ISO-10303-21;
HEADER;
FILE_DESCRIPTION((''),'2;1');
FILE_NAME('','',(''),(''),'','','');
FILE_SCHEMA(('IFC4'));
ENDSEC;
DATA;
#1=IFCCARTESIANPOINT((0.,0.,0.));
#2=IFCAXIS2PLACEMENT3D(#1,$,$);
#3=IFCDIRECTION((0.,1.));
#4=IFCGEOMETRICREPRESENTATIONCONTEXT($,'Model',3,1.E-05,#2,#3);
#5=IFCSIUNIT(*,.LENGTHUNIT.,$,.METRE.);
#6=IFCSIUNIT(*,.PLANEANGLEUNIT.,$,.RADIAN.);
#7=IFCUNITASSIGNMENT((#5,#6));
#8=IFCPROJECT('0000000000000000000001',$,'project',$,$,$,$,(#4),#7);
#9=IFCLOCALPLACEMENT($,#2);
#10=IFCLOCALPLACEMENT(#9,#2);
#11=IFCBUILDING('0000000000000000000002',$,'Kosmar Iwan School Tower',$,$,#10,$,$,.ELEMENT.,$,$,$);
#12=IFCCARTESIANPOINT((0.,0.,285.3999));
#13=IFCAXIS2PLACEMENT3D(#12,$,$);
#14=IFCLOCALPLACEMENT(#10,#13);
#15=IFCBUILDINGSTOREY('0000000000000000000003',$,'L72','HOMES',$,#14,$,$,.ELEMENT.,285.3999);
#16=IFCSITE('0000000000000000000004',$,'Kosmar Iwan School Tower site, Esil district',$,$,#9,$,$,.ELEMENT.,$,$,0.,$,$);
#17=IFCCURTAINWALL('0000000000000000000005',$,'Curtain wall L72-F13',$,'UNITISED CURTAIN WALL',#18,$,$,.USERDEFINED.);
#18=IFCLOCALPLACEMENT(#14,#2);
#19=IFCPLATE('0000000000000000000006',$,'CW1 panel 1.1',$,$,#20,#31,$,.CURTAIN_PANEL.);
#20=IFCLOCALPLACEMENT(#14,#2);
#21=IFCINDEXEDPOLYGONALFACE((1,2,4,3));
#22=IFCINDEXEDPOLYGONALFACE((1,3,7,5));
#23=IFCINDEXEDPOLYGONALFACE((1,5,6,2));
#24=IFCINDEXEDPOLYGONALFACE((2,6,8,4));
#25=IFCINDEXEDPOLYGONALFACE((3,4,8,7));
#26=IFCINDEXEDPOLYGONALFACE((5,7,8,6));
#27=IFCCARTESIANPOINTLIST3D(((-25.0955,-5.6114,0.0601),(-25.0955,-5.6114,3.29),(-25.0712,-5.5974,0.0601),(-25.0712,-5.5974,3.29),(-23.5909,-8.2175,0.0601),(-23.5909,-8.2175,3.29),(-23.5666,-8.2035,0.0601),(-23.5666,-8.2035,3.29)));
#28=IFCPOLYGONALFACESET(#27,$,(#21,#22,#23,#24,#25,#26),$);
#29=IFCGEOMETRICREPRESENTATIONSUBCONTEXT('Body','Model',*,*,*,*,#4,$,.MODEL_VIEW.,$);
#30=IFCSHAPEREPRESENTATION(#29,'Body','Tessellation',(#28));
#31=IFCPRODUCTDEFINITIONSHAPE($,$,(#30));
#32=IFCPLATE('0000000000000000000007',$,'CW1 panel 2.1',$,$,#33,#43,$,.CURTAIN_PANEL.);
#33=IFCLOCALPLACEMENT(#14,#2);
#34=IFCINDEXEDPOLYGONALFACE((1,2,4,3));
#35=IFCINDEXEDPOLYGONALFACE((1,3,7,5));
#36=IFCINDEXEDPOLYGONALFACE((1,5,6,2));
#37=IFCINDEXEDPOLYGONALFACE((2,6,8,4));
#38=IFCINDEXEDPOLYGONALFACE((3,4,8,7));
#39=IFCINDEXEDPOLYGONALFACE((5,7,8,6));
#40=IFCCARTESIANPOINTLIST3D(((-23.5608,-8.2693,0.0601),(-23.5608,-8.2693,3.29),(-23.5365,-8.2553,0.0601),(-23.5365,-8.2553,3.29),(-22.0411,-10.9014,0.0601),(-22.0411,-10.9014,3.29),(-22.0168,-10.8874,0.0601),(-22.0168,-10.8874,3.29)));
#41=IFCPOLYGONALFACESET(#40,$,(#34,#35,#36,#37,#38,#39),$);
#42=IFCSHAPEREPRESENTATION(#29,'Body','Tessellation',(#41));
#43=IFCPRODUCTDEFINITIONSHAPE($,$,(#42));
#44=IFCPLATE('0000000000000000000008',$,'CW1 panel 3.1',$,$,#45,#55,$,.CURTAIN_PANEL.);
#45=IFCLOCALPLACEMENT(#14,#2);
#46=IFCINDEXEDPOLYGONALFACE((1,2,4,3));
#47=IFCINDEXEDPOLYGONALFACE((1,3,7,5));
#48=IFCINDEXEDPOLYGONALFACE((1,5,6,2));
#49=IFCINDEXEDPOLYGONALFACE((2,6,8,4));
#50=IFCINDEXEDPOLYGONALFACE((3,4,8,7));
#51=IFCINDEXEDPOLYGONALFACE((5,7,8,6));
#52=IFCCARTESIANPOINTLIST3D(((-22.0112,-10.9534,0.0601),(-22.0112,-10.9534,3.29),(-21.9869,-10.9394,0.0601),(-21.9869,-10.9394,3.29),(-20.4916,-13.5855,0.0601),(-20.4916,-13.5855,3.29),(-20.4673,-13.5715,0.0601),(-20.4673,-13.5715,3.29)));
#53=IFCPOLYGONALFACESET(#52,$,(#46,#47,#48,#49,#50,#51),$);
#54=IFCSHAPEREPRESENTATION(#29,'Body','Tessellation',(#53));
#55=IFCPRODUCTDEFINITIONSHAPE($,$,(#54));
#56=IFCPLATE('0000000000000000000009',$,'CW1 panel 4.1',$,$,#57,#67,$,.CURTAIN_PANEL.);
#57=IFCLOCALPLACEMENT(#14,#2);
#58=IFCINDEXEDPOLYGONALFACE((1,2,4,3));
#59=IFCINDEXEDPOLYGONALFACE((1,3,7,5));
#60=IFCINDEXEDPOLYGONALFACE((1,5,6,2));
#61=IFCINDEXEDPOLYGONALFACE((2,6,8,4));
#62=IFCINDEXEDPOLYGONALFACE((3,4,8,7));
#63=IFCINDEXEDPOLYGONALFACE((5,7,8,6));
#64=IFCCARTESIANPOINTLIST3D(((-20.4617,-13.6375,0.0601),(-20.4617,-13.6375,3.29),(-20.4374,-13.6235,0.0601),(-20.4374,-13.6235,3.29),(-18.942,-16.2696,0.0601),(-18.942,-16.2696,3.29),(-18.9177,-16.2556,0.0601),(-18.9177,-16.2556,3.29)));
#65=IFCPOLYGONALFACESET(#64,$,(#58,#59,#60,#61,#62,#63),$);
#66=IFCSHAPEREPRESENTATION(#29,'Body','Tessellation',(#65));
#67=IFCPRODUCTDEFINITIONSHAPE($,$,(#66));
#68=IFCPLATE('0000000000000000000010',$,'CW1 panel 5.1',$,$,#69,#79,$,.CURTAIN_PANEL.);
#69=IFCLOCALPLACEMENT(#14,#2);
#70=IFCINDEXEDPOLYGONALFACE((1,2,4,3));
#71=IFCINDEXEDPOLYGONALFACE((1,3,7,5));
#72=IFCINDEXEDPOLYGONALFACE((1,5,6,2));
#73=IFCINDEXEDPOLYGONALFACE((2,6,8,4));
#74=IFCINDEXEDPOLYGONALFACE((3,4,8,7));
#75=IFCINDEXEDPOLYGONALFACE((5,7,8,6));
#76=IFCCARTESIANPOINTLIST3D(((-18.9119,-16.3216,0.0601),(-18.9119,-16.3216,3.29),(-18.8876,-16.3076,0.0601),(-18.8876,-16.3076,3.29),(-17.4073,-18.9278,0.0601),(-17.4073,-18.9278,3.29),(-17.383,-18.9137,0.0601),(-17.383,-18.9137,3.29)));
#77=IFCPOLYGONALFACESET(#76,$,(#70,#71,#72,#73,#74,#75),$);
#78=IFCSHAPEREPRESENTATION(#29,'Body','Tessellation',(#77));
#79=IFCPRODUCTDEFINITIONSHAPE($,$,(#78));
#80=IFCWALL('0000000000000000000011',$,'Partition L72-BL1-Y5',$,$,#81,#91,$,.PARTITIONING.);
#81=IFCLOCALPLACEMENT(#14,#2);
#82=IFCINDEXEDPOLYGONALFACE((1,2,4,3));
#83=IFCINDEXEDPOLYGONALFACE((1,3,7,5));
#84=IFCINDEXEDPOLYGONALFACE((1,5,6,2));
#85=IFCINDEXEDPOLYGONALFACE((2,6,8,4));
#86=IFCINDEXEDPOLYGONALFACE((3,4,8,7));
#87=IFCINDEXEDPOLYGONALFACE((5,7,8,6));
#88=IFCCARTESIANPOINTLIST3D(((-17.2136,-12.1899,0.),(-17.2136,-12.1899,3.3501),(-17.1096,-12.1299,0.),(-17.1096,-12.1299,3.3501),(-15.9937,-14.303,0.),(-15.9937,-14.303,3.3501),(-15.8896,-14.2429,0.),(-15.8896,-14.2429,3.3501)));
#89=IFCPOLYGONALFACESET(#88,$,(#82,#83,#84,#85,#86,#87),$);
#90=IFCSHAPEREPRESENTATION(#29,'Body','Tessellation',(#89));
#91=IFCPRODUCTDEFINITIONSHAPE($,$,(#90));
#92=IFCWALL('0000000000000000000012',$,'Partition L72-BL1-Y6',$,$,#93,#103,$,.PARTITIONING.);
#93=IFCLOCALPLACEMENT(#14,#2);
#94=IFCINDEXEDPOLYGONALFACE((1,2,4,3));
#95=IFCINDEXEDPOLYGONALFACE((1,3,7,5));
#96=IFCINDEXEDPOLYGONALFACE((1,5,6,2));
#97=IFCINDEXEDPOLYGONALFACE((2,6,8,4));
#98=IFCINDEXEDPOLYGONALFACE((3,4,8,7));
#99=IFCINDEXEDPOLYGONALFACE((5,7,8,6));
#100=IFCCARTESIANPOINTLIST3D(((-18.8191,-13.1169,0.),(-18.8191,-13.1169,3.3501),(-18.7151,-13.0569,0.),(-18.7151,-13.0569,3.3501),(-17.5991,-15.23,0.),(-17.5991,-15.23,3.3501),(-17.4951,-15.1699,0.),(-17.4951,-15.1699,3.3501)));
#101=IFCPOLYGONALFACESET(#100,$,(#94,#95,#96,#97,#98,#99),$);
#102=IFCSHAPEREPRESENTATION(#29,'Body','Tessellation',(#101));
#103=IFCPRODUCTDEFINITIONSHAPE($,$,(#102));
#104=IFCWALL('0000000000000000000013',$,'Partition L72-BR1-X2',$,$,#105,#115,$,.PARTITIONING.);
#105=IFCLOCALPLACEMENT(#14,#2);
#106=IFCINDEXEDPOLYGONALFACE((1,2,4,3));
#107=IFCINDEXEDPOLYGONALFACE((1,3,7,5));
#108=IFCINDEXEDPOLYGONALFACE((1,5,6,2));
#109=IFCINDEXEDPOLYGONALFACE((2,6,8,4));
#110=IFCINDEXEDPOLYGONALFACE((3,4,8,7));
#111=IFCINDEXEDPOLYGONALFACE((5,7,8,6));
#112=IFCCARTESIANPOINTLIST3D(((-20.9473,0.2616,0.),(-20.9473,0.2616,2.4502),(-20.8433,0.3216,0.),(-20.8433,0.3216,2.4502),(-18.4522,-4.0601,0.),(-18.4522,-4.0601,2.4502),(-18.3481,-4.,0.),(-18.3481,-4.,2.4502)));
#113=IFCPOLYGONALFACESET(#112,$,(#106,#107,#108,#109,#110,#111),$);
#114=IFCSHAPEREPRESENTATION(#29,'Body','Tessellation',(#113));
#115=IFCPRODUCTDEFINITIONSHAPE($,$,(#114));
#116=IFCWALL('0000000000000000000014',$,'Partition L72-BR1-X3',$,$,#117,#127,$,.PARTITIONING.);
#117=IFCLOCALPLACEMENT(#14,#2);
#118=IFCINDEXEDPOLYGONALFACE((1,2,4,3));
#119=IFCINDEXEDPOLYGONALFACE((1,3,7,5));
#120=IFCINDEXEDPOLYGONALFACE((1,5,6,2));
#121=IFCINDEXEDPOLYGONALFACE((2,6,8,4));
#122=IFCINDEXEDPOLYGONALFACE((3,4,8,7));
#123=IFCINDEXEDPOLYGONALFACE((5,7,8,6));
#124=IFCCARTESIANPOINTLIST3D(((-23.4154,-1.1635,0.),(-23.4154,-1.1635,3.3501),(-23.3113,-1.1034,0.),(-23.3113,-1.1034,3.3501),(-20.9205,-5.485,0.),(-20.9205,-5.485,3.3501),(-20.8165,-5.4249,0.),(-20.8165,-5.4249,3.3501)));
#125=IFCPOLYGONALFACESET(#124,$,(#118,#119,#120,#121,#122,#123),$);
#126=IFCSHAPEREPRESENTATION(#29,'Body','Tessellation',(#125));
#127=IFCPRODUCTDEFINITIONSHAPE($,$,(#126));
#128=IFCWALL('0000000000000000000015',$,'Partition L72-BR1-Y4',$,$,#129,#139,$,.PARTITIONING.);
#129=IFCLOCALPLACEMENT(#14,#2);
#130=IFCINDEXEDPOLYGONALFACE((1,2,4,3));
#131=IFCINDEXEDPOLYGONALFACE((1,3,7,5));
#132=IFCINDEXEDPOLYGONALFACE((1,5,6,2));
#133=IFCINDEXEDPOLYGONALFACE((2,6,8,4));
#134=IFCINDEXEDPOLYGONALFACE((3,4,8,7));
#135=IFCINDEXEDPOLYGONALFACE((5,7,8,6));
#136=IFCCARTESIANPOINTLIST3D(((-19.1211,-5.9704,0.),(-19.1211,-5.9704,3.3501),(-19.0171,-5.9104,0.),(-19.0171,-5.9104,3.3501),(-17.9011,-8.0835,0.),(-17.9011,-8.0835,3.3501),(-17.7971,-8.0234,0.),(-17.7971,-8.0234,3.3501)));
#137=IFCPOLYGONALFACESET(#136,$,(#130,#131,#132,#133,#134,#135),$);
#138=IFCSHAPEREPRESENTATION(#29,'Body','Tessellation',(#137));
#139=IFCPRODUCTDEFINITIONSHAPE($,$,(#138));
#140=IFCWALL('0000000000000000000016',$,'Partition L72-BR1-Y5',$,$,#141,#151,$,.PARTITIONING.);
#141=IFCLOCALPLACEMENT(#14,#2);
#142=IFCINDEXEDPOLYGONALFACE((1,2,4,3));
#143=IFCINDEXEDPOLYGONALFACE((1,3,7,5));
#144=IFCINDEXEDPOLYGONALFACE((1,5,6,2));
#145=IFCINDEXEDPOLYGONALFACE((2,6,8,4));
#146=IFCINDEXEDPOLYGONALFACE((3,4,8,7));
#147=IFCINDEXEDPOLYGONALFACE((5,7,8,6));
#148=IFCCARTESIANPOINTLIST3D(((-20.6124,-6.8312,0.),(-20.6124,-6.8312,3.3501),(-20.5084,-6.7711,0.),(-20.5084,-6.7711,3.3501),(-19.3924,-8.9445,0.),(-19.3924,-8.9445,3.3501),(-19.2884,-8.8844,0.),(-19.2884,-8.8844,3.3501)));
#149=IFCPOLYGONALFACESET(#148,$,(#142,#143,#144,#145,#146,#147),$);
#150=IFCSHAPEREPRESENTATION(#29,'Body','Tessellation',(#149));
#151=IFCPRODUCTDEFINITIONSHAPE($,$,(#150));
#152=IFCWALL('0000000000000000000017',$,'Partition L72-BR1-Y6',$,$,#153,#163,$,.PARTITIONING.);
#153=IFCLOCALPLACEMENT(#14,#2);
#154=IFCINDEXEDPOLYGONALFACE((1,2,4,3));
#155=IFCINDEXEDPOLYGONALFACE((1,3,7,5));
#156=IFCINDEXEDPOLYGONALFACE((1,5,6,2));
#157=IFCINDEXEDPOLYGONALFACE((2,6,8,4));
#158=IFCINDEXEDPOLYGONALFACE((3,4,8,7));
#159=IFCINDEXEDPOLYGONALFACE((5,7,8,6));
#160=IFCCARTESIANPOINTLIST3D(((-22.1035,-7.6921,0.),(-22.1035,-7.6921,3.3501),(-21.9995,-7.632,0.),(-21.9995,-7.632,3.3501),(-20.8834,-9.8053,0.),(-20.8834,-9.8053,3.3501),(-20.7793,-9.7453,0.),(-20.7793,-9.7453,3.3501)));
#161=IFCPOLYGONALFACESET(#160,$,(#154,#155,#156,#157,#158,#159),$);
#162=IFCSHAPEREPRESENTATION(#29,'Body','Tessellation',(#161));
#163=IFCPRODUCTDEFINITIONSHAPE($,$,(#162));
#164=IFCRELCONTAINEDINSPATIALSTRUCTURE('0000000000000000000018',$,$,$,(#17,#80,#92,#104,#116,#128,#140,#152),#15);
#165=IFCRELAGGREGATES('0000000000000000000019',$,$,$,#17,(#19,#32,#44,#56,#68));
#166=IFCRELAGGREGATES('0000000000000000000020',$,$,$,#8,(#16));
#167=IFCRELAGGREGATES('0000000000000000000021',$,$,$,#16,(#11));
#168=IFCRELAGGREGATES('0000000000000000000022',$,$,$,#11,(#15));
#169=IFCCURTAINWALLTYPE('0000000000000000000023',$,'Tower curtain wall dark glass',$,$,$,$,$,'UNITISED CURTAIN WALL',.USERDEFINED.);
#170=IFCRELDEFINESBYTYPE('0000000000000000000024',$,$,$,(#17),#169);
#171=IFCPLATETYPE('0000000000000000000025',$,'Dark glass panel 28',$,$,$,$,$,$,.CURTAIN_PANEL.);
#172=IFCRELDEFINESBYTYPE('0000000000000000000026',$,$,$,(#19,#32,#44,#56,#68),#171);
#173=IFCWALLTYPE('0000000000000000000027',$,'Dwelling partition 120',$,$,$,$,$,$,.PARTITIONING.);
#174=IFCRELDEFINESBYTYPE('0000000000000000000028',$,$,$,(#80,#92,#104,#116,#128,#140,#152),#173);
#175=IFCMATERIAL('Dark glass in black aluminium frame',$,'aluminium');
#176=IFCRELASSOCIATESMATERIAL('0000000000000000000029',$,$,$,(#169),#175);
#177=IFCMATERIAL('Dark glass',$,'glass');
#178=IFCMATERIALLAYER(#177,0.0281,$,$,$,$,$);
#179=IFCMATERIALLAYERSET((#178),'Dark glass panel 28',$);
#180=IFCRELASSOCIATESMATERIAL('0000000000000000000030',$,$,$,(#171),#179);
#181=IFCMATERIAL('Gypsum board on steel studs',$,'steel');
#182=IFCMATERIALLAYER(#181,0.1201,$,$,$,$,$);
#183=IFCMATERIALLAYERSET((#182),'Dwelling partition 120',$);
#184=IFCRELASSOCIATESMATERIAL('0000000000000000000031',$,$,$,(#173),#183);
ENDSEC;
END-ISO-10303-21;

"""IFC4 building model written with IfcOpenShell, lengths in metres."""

from ifc_helpers import new_model, si_unit, direction, frame, frame_2d, origin, origin_2d, place, context, subcontext, project, spatial, rectangle, extrude, material, layer, layer_set, type_object, element, aggregate, save


model = new_model("IFC4")

# Units and contexts
model_context = context("Model", 3, precision=1e-05, world=origin(), true_north=direction((0.0, 1.0)))
body_context = subcontext(model_context, "Body", "Model", "MODEL_VIEW")
ifc_project = project(units=[si_unit("LENGTHUNIT", "METRE"), si_unit("PLANEANGLEUNIT", "RADIAN")], contexts=[model_context])

# Site, building, storey
site_placement = place(None, origin())
site = spatial("IfcSite", under=ifc_project, at=site_placement, Name="Kosmar Iwan School Tower site, Esil district", CompositionType="ELEMENT", RefElevation=0.0)
building_placement = place(site_placement, origin())
building = spatial("IfcBuilding", under=site, at=building_placement, Name="Kosmar Iwan School Tower", CompositionType="ELEMENT")
storey_placement = place(building_placement, frame((0.0, 0.0, 285.3999)))
storey = spatial("IfcBuildingStorey", under=building, at=storey_placement, Name="L72", Description="HOMES", CompositionType="ELEMENT", Elevation=285.3999)

# Curtain wall
ifc_material_1 = material(Name="Dark glass in black aluminium frame", Category="aluminium")
curtain_wall_type_1 = type_object("IfcCurtainWallType", Name="Tower curtain wall dark glass", ElementType="UNITISED CURTAIN WALL", PredefinedType="USERDEFINED", material=ifc_material_1)
curtain_wall_1_placement = place(storey_placement, origin())
curtain_wall_1 = element("IfcCurtainWall", 1, at=curtain_wall_1_placement, inside=storey, type_object=curtain_wall_type_1, Name="Curtain wall L72-F13", ObjectType="UNITISED CURTAIN WALL", PredefinedType="USERDEFINED")

# Plates
ifc_material_2 = material(Name="Dark glass", Category="glass")
ifc_layer_1 = layer(ifc_material_2, 0.0281)
ifc_layer_set_1 = layer_set([ifc_layer_1], Name="Dark glass panel 28")
plate_type = type_object("IfcPlateType", Name="Dark glass panel 28", PredefinedType="CURTAIN_PANEL", material=ifc_layer_set_1)
plate_1_placement = place(storey_placement, frame((-24.3311, -6.9075, 0.0601), z_axis=(0.0, 0.0, 1.0), x_axis=(0.5, -0.866025, 0.0)))
plate_1 = element("IfcPlate", 2, at=plate_1_placement, type_object=plate_type, Name="CW1 panel 1.1", PredefinedType="CURTAIN_PANEL", context=body_context, shape_type="SweptSolid", body=[
    extrude(rectangle(XDim=3.0093, YDim=0.0281, at=origin_2d()), origin(), (0.0, 0.0, 1.0), 3.23),
])
plate_2_placement = place(storey_placement, frame((-22.7888, -9.5784, 0.0601), z_axis=(0.0, 0.0, 1.0), x_axis=(0.5, -0.866025, 0.0)))
plate_2 = element("IfcPlate", 3, at=plate_2_placement, type_object=plate_type, Name="CW1 panel 2.1", PredefinedType="CURTAIN_PANEL", context=body_context, shape_type="SweptSolid", body=[
    extrude(rectangle(XDim=3.0393, YDim=0.0281, at=origin_2d()), origin(), (0.0, 0.0, 1.0), 3.23),
])
plate_3_placement = place(storey_placement, frame((-21.2393, -12.2625, 0.0601), z_axis=(0.0, 0.0, 1.0), x_axis=(0.5, -0.866025, 0.0)))
plate_3 = element("IfcPlate", 4, at=plate_3_placement, type_object=plate_type, Name="CW1 panel 3.1", PredefinedType="CURTAIN_PANEL", context=body_context, shape_type="SweptSolid", body=[
    extrude(rectangle(XDim=3.0393, YDim=0.0281, at=origin_2d()), origin(), (0.0, 0.0, 1.0), 3.23),
])
plate_4_placement = place(storey_placement, frame((-19.6897, -14.9465, 0.0601), z_axis=(0.0, 0.0, 1.0), x_axis=(0.5, -0.866025, 0.0)))
plate_4 = element("IfcPlate", 5, at=plate_4_placement, type_object=plate_type, Name="CW1 panel 4.1", PredefinedType="CURTAIN_PANEL", context=body_context, shape_type="SweptSolid", body=[
    extrude(rectangle(XDim=3.0393, YDim=0.0281, at=origin_2d()), origin(), (0.0, 0.0, 1.0), 3.23),
])
plate_5_placement = place(storey_placement, frame((-18.1475, -17.6177, 0.0601), z_axis=(0.0, 0.0, 1.0), x_axis=(0.5, -0.866025, 0.0)))
plate_5 = element("IfcPlate", 6, at=plate_5_placement, type_object=plate_type, Name="CW1 panel 5.1", PredefinedType="CURTAIN_PANEL", context=body_context, shape_type="SweptSolid", body=[
    extrude(rectangle(XDim=3.0093, YDim=0.0281, at=origin_2d()), origin(), (0.0, 0.0, 1.0), 3.23),
])
aggregate(curtain_wall_1, [plate_1, plate_2, plate_3, plate_4, plate_5])

# Walls
ifc_material_3 = material(Name="Gypsum board on steel studs", Category="steel")
ifc_layer_2 = layer(ifc_material_3, 0.1201)
ifc_layer_set_2 = layer_set([ifc_layer_2], Name="Dwelling partition 120")
wall_type = type_object("IfcWallType", Name="Dwelling partition 120", PredefinedType="PARTITIONING", material=ifc_layer_set_2)
for number, where, z_axis, x_axis, name in (
    (7, (-17.1616, -12.1599, 0.0), (0.0, 0.0, 1.0), (0.500003, -0.866024, 0.0), "Partition L72-BL1-Y5"),
    (8, (-18.7671, -13.0869, 0.0), (0.0, 0.0, 1.0), (0.500003, -0.866024, 0.0), "Partition L72-BL1-Y6"),
):
    element("IfcWall", number, at=place(storey_placement, frame(where, z_axis=z_axis, x_axis=x_axis)), inside=storey, type_object=wall_type, Name=name, PredefinedType="PARTITIONING", context=body_context, shape_type="SweptSolid", body=[
        extrude(rectangle(XDim=2.4399, YDim=0.1201, at=frame_2d((1.22, 0.0))), origin(), (0.0, 0.0, 1.0), 3.3501),
    ])
wall_1_placement = place(storey_placement, frame((-18.4001, -4.03, 0.0), z_axis=(0.0, 0.0, 1.0), x_axis=(-0.500012, 0.866019, 0.0)))
element("IfcWall", 9, at=wall_1_placement, inside=storey, type_object=wall_type, Name="Partition L72-BR1-X2", PredefinedType="PARTITIONING", context=body_context, shape_type="SweptSolid", body=[
    extrude(rectangle(XDim=4.9902, YDim=0.1201, at=frame_2d((2.4951, 0.0))), origin(), (0.0, 0.0, 1.0), 2.4502),
])
wall_2_placement = place(storey_placement, frame((-20.8684, -5.4551, 0.0), z_axis=(0.0, 0.0, 1.0), x_axis=(-0.499975, 0.86604, 0.0)))
element("IfcWall", 10, at=wall_2_placement, inside=storey, type_object=wall_type, Name="Partition L72-BR1-X3", PredefinedType="PARTITIONING", context=body_context, shape_type="SweptSolid", body=[
    extrude(rectangle(XDim=4.99, YDim=0.1201, at=frame_2d((2.4951, 0.0))), origin(), (0.0, 0.0, 1.0), 3.3501),
])
wall_3_placement = place(storey_placement, frame((-17.8491, -8.0535, 0.0), z_axis=(0.0, 0.0, 1.0), x_axis=(-0.500003, 0.866024, 0.0)))
element("IfcWall", 11, at=wall_3_placement, inside=storey, type_object=wall_type, Name="Partition L72-BR1-Y4", PredefinedType="PARTITIONING", context=body_context, shape_type="SweptSolid", body=[
    extrude(rectangle(XDim=2.4399, YDim=0.1201, at=frame_2d((1.22, 0.0))), origin(), (0.0, 0.0, 1.0), 3.3501),
])
for number, where, z_axis, x_axis, name in (
    (12, (-19.3403, -8.9146, 0.0), (0.0, 0.0, 1.0), (-0.499959, 0.866049, 0.0), "Partition L72-BR1-Y5"),
    (13, (-20.8313, -9.7754, 0.0), (0.0, 0.0, 1.0), (-0.500034, 0.866006, 0.0), "Partition L72-BR1-Y6"),
):
    element("IfcWall", number, at=place(storey_placement, frame(where, z_axis=z_axis, x_axis=x_axis)), inside=storey, type_object=wall_type, Name=name, PredefinedType="PARTITIONING", context=body_context, shape_type="SweptSolid", body=[
        extrude(rectangle(XDim=2.4402, YDim=0.1201, at=frame_2d((1.2202, 0.0))), origin(), (0.0, 0.0, 1.0), 3.3501),
    ])

save(model, "model.ifc")
